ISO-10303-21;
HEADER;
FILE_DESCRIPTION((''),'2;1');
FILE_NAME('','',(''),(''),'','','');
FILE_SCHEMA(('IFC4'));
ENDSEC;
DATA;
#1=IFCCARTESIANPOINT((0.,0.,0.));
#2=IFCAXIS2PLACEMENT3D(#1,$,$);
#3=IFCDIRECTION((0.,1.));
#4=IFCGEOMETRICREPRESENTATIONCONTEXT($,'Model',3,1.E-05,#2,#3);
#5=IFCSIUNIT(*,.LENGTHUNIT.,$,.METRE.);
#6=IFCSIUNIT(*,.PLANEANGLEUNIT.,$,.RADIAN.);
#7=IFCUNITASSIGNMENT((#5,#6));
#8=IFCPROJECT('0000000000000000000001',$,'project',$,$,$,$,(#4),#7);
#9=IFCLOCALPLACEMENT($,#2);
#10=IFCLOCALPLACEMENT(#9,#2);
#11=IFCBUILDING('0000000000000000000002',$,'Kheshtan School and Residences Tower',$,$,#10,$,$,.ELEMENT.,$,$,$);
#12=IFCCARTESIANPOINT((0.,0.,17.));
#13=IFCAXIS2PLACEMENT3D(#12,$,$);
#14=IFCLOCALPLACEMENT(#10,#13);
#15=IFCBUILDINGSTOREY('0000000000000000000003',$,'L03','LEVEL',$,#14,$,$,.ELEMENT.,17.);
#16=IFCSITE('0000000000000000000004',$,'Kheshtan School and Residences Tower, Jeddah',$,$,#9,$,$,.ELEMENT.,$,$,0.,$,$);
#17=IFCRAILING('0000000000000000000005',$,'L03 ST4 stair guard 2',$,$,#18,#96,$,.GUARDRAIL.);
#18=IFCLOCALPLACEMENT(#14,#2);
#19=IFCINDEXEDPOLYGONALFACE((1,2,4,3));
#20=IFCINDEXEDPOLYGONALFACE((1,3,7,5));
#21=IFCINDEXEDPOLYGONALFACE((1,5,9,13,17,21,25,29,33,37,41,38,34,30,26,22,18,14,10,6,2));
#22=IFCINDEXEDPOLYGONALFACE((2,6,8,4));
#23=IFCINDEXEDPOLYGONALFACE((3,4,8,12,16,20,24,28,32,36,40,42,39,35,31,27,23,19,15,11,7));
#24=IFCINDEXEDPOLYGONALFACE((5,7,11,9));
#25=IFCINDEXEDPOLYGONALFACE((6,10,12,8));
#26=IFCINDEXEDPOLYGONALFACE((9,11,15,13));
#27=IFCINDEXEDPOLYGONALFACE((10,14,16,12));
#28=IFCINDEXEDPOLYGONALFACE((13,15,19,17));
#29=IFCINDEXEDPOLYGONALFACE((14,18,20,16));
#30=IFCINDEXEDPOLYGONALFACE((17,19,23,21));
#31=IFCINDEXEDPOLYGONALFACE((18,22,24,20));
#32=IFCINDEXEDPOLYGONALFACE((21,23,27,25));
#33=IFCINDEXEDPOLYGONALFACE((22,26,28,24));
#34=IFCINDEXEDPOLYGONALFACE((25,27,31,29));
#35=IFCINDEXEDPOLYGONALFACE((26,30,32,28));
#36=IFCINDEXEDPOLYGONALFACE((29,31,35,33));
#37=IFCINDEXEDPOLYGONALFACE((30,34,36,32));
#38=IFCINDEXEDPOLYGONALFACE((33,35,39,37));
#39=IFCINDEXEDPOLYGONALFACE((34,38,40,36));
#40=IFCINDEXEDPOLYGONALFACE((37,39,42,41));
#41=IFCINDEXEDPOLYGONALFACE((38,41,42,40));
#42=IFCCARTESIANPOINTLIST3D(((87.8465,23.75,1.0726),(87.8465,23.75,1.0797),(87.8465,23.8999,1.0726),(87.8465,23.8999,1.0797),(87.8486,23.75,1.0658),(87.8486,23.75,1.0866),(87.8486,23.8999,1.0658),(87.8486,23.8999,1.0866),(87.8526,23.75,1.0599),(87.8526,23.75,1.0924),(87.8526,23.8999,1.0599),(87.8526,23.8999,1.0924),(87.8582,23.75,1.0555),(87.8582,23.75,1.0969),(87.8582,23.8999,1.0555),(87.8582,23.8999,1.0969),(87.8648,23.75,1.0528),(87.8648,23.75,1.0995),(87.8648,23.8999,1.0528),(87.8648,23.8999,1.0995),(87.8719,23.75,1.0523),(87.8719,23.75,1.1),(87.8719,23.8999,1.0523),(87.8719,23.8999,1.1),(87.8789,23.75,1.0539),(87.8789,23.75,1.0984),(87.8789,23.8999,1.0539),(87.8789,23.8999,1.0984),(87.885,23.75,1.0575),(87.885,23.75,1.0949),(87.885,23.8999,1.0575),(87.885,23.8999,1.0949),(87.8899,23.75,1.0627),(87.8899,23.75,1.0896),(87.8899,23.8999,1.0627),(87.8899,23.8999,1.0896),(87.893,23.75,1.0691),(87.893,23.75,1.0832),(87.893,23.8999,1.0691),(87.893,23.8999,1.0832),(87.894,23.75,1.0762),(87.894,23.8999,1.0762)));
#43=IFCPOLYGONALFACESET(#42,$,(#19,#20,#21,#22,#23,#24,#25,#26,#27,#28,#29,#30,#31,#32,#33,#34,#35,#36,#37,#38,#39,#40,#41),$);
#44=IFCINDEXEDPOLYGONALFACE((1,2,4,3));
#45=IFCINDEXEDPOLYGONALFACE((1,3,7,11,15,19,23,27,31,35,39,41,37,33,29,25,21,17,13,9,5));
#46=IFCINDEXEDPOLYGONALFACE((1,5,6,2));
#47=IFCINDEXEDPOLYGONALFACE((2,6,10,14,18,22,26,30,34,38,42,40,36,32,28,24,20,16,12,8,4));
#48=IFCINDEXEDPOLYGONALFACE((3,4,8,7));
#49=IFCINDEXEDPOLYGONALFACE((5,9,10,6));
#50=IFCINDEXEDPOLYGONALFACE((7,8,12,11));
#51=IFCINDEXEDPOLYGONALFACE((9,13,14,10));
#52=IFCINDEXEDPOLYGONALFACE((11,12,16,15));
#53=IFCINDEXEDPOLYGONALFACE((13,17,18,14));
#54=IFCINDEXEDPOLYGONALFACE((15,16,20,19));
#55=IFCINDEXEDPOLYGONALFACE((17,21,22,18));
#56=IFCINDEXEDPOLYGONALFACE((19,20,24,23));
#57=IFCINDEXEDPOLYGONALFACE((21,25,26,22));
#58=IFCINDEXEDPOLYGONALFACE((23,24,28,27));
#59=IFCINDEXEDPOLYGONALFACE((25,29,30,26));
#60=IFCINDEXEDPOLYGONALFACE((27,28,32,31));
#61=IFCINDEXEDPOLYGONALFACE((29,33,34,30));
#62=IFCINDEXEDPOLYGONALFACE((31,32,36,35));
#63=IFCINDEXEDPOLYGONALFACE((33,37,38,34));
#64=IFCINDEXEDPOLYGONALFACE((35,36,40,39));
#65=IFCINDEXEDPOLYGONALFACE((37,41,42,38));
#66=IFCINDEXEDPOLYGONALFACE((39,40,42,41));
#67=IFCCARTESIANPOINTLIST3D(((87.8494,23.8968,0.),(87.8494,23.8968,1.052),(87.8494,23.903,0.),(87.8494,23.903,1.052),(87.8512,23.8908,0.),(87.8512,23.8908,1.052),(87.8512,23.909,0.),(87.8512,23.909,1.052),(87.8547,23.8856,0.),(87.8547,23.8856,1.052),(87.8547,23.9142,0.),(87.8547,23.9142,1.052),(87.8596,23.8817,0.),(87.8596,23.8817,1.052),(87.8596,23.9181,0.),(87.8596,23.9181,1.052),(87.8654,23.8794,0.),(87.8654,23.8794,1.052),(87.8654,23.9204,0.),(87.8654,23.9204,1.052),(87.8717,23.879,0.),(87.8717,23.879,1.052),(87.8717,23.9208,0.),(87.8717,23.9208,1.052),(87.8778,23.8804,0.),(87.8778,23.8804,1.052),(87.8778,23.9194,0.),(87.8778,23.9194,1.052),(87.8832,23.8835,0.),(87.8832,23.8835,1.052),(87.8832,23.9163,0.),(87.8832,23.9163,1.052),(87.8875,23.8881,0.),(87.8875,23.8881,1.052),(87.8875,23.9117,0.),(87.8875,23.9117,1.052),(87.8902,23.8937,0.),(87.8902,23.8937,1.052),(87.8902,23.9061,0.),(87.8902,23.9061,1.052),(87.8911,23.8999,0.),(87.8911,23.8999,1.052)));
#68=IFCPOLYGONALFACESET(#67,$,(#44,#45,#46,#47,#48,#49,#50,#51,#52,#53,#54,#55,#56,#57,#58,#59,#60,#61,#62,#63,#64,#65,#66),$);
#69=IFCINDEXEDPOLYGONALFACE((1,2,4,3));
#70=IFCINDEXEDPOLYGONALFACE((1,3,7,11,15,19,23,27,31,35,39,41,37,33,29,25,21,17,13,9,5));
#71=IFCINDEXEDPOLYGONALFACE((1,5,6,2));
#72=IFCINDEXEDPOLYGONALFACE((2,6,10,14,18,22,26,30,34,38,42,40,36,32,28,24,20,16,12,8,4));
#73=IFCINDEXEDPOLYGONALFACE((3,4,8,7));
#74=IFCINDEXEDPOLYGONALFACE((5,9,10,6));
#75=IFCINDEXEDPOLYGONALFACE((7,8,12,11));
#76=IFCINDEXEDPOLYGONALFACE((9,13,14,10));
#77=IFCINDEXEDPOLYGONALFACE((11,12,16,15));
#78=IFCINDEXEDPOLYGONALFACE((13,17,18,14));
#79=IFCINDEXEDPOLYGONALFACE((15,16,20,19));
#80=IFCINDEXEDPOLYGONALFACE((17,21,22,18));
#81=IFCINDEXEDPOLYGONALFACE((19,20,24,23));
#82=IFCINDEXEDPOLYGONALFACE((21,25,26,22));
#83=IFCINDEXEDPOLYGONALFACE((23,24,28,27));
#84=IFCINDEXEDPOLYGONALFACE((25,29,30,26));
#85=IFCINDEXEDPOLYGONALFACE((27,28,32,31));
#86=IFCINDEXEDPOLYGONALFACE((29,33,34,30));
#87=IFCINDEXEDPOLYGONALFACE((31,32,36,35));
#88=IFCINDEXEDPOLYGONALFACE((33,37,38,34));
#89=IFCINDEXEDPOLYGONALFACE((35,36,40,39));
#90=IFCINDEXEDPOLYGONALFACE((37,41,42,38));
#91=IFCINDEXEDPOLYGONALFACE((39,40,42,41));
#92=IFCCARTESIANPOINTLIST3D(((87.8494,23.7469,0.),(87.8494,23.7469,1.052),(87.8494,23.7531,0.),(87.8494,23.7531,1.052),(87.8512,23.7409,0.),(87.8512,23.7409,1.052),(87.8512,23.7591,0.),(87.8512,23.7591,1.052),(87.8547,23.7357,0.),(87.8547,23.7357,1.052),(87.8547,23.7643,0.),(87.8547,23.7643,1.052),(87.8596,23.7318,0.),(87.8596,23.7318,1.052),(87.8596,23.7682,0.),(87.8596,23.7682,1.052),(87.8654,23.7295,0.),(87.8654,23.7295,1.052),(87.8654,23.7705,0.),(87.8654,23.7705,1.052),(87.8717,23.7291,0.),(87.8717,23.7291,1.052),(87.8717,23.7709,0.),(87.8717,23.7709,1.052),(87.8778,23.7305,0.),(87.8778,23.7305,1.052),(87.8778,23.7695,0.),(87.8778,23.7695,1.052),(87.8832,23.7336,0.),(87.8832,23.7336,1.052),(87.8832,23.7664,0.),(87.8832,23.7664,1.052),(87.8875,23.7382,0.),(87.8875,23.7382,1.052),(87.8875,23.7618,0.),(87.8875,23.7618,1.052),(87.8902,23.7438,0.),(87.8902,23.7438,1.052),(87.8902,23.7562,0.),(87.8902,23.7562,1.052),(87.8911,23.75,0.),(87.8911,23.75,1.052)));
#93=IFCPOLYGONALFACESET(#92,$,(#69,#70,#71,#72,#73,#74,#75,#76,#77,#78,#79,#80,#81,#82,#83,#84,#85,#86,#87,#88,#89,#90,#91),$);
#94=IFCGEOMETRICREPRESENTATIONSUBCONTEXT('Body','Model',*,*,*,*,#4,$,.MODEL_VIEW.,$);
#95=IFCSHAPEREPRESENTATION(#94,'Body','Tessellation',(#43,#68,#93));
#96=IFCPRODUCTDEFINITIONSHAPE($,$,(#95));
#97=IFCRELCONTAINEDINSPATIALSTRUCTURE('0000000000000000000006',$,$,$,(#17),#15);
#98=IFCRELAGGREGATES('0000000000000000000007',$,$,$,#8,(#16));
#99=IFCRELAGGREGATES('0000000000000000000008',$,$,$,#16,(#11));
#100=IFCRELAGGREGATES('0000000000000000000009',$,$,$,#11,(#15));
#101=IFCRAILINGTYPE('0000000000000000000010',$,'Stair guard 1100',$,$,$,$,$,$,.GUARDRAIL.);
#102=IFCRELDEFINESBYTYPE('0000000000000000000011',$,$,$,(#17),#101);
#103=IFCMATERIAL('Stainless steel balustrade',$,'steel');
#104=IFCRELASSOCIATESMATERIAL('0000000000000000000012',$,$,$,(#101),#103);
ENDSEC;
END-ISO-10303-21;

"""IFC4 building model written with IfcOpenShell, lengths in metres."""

from ifc_helpers import new_model, si_unit, direction, frame, origin, origin_2d, place, context, subcontext, project, spatial, circle, extrude, material, type_object, element, save


model = new_model("IFC4")

# Units and contexts
model_context = context("Model", 3, precision=1e-05, world=origin(), true_north=direction((0.0, 1.0)))
body_context = subcontext(model_context, "Body", "Model", "MODEL_VIEW")
ifc_project = project(units=[si_unit("LENGTHUNIT", "METRE"), si_unit("PLANEANGLEUNIT", "RADIAN")], contexts=[model_context])

# Site, building, storey
site_placement = place(None, origin())
site = spatial("IfcSite", under=ifc_project, at=site_placement, Name="Kheshtan School and Residences Tower, Jeddah", CompositionType="ELEMENT", RefElevation=0.0)
building_placement = place(site_placement, origin())
building = spatial("IfcBuilding", under=site, at=building_placement, Name="Kheshtan School and Residences Tower", CompositionType="ELEMENT")
storey_placement = place(building_placement, frame((0.0, 0.0, 17.0)))
storey = spatial("IfcBuildingStorey", under=building, at=storey_placement, Name="L03", Description="LEVEL", CompositionType="ELEMENT", Elevation=17.0)

# Railing
ifc_material_1 = material(Name="Stainless steel balustrade", Category="steel")
railing_type_1 = type_object("IfcRailingType", Name="Stair guard 1100", PredefinedType="GUARDRAIL", material=ifc_material_1)
railing_1_placement = place(storey_placement, frame((87.8701, 23.8999, 0.0)))
element("IfcRailing", 1, at=railing_1_placement, inside=storey, type_object=railing_type_1, Name="L03 ST4 stair guard 2", PredefinedType="GUARDRAIL", context=body_context, shape_type="SweptSolid", body=[
    extrude(circle(Radius=0.0239, at=origin_2d()), frame((0.0, 0.0, 1.0762), z_axis=(0.0, -1.0, 0.0), x_axis=(1.0, 0.0, 0.0)), (0.0, 0.0, 1.0), 0.1499),
    extrude(circle(Radius=0.021, at=origin_2d()), origin(), (0.0, 0.0, 1.0), 1.052),
    extrude(circle(Radius=0.021, at=origin_2d()), frame((0.0, -0.1499, 0.0)), (0.0, 0.0, 1.0), 1.052),
])

save(model, "model.ifc")
